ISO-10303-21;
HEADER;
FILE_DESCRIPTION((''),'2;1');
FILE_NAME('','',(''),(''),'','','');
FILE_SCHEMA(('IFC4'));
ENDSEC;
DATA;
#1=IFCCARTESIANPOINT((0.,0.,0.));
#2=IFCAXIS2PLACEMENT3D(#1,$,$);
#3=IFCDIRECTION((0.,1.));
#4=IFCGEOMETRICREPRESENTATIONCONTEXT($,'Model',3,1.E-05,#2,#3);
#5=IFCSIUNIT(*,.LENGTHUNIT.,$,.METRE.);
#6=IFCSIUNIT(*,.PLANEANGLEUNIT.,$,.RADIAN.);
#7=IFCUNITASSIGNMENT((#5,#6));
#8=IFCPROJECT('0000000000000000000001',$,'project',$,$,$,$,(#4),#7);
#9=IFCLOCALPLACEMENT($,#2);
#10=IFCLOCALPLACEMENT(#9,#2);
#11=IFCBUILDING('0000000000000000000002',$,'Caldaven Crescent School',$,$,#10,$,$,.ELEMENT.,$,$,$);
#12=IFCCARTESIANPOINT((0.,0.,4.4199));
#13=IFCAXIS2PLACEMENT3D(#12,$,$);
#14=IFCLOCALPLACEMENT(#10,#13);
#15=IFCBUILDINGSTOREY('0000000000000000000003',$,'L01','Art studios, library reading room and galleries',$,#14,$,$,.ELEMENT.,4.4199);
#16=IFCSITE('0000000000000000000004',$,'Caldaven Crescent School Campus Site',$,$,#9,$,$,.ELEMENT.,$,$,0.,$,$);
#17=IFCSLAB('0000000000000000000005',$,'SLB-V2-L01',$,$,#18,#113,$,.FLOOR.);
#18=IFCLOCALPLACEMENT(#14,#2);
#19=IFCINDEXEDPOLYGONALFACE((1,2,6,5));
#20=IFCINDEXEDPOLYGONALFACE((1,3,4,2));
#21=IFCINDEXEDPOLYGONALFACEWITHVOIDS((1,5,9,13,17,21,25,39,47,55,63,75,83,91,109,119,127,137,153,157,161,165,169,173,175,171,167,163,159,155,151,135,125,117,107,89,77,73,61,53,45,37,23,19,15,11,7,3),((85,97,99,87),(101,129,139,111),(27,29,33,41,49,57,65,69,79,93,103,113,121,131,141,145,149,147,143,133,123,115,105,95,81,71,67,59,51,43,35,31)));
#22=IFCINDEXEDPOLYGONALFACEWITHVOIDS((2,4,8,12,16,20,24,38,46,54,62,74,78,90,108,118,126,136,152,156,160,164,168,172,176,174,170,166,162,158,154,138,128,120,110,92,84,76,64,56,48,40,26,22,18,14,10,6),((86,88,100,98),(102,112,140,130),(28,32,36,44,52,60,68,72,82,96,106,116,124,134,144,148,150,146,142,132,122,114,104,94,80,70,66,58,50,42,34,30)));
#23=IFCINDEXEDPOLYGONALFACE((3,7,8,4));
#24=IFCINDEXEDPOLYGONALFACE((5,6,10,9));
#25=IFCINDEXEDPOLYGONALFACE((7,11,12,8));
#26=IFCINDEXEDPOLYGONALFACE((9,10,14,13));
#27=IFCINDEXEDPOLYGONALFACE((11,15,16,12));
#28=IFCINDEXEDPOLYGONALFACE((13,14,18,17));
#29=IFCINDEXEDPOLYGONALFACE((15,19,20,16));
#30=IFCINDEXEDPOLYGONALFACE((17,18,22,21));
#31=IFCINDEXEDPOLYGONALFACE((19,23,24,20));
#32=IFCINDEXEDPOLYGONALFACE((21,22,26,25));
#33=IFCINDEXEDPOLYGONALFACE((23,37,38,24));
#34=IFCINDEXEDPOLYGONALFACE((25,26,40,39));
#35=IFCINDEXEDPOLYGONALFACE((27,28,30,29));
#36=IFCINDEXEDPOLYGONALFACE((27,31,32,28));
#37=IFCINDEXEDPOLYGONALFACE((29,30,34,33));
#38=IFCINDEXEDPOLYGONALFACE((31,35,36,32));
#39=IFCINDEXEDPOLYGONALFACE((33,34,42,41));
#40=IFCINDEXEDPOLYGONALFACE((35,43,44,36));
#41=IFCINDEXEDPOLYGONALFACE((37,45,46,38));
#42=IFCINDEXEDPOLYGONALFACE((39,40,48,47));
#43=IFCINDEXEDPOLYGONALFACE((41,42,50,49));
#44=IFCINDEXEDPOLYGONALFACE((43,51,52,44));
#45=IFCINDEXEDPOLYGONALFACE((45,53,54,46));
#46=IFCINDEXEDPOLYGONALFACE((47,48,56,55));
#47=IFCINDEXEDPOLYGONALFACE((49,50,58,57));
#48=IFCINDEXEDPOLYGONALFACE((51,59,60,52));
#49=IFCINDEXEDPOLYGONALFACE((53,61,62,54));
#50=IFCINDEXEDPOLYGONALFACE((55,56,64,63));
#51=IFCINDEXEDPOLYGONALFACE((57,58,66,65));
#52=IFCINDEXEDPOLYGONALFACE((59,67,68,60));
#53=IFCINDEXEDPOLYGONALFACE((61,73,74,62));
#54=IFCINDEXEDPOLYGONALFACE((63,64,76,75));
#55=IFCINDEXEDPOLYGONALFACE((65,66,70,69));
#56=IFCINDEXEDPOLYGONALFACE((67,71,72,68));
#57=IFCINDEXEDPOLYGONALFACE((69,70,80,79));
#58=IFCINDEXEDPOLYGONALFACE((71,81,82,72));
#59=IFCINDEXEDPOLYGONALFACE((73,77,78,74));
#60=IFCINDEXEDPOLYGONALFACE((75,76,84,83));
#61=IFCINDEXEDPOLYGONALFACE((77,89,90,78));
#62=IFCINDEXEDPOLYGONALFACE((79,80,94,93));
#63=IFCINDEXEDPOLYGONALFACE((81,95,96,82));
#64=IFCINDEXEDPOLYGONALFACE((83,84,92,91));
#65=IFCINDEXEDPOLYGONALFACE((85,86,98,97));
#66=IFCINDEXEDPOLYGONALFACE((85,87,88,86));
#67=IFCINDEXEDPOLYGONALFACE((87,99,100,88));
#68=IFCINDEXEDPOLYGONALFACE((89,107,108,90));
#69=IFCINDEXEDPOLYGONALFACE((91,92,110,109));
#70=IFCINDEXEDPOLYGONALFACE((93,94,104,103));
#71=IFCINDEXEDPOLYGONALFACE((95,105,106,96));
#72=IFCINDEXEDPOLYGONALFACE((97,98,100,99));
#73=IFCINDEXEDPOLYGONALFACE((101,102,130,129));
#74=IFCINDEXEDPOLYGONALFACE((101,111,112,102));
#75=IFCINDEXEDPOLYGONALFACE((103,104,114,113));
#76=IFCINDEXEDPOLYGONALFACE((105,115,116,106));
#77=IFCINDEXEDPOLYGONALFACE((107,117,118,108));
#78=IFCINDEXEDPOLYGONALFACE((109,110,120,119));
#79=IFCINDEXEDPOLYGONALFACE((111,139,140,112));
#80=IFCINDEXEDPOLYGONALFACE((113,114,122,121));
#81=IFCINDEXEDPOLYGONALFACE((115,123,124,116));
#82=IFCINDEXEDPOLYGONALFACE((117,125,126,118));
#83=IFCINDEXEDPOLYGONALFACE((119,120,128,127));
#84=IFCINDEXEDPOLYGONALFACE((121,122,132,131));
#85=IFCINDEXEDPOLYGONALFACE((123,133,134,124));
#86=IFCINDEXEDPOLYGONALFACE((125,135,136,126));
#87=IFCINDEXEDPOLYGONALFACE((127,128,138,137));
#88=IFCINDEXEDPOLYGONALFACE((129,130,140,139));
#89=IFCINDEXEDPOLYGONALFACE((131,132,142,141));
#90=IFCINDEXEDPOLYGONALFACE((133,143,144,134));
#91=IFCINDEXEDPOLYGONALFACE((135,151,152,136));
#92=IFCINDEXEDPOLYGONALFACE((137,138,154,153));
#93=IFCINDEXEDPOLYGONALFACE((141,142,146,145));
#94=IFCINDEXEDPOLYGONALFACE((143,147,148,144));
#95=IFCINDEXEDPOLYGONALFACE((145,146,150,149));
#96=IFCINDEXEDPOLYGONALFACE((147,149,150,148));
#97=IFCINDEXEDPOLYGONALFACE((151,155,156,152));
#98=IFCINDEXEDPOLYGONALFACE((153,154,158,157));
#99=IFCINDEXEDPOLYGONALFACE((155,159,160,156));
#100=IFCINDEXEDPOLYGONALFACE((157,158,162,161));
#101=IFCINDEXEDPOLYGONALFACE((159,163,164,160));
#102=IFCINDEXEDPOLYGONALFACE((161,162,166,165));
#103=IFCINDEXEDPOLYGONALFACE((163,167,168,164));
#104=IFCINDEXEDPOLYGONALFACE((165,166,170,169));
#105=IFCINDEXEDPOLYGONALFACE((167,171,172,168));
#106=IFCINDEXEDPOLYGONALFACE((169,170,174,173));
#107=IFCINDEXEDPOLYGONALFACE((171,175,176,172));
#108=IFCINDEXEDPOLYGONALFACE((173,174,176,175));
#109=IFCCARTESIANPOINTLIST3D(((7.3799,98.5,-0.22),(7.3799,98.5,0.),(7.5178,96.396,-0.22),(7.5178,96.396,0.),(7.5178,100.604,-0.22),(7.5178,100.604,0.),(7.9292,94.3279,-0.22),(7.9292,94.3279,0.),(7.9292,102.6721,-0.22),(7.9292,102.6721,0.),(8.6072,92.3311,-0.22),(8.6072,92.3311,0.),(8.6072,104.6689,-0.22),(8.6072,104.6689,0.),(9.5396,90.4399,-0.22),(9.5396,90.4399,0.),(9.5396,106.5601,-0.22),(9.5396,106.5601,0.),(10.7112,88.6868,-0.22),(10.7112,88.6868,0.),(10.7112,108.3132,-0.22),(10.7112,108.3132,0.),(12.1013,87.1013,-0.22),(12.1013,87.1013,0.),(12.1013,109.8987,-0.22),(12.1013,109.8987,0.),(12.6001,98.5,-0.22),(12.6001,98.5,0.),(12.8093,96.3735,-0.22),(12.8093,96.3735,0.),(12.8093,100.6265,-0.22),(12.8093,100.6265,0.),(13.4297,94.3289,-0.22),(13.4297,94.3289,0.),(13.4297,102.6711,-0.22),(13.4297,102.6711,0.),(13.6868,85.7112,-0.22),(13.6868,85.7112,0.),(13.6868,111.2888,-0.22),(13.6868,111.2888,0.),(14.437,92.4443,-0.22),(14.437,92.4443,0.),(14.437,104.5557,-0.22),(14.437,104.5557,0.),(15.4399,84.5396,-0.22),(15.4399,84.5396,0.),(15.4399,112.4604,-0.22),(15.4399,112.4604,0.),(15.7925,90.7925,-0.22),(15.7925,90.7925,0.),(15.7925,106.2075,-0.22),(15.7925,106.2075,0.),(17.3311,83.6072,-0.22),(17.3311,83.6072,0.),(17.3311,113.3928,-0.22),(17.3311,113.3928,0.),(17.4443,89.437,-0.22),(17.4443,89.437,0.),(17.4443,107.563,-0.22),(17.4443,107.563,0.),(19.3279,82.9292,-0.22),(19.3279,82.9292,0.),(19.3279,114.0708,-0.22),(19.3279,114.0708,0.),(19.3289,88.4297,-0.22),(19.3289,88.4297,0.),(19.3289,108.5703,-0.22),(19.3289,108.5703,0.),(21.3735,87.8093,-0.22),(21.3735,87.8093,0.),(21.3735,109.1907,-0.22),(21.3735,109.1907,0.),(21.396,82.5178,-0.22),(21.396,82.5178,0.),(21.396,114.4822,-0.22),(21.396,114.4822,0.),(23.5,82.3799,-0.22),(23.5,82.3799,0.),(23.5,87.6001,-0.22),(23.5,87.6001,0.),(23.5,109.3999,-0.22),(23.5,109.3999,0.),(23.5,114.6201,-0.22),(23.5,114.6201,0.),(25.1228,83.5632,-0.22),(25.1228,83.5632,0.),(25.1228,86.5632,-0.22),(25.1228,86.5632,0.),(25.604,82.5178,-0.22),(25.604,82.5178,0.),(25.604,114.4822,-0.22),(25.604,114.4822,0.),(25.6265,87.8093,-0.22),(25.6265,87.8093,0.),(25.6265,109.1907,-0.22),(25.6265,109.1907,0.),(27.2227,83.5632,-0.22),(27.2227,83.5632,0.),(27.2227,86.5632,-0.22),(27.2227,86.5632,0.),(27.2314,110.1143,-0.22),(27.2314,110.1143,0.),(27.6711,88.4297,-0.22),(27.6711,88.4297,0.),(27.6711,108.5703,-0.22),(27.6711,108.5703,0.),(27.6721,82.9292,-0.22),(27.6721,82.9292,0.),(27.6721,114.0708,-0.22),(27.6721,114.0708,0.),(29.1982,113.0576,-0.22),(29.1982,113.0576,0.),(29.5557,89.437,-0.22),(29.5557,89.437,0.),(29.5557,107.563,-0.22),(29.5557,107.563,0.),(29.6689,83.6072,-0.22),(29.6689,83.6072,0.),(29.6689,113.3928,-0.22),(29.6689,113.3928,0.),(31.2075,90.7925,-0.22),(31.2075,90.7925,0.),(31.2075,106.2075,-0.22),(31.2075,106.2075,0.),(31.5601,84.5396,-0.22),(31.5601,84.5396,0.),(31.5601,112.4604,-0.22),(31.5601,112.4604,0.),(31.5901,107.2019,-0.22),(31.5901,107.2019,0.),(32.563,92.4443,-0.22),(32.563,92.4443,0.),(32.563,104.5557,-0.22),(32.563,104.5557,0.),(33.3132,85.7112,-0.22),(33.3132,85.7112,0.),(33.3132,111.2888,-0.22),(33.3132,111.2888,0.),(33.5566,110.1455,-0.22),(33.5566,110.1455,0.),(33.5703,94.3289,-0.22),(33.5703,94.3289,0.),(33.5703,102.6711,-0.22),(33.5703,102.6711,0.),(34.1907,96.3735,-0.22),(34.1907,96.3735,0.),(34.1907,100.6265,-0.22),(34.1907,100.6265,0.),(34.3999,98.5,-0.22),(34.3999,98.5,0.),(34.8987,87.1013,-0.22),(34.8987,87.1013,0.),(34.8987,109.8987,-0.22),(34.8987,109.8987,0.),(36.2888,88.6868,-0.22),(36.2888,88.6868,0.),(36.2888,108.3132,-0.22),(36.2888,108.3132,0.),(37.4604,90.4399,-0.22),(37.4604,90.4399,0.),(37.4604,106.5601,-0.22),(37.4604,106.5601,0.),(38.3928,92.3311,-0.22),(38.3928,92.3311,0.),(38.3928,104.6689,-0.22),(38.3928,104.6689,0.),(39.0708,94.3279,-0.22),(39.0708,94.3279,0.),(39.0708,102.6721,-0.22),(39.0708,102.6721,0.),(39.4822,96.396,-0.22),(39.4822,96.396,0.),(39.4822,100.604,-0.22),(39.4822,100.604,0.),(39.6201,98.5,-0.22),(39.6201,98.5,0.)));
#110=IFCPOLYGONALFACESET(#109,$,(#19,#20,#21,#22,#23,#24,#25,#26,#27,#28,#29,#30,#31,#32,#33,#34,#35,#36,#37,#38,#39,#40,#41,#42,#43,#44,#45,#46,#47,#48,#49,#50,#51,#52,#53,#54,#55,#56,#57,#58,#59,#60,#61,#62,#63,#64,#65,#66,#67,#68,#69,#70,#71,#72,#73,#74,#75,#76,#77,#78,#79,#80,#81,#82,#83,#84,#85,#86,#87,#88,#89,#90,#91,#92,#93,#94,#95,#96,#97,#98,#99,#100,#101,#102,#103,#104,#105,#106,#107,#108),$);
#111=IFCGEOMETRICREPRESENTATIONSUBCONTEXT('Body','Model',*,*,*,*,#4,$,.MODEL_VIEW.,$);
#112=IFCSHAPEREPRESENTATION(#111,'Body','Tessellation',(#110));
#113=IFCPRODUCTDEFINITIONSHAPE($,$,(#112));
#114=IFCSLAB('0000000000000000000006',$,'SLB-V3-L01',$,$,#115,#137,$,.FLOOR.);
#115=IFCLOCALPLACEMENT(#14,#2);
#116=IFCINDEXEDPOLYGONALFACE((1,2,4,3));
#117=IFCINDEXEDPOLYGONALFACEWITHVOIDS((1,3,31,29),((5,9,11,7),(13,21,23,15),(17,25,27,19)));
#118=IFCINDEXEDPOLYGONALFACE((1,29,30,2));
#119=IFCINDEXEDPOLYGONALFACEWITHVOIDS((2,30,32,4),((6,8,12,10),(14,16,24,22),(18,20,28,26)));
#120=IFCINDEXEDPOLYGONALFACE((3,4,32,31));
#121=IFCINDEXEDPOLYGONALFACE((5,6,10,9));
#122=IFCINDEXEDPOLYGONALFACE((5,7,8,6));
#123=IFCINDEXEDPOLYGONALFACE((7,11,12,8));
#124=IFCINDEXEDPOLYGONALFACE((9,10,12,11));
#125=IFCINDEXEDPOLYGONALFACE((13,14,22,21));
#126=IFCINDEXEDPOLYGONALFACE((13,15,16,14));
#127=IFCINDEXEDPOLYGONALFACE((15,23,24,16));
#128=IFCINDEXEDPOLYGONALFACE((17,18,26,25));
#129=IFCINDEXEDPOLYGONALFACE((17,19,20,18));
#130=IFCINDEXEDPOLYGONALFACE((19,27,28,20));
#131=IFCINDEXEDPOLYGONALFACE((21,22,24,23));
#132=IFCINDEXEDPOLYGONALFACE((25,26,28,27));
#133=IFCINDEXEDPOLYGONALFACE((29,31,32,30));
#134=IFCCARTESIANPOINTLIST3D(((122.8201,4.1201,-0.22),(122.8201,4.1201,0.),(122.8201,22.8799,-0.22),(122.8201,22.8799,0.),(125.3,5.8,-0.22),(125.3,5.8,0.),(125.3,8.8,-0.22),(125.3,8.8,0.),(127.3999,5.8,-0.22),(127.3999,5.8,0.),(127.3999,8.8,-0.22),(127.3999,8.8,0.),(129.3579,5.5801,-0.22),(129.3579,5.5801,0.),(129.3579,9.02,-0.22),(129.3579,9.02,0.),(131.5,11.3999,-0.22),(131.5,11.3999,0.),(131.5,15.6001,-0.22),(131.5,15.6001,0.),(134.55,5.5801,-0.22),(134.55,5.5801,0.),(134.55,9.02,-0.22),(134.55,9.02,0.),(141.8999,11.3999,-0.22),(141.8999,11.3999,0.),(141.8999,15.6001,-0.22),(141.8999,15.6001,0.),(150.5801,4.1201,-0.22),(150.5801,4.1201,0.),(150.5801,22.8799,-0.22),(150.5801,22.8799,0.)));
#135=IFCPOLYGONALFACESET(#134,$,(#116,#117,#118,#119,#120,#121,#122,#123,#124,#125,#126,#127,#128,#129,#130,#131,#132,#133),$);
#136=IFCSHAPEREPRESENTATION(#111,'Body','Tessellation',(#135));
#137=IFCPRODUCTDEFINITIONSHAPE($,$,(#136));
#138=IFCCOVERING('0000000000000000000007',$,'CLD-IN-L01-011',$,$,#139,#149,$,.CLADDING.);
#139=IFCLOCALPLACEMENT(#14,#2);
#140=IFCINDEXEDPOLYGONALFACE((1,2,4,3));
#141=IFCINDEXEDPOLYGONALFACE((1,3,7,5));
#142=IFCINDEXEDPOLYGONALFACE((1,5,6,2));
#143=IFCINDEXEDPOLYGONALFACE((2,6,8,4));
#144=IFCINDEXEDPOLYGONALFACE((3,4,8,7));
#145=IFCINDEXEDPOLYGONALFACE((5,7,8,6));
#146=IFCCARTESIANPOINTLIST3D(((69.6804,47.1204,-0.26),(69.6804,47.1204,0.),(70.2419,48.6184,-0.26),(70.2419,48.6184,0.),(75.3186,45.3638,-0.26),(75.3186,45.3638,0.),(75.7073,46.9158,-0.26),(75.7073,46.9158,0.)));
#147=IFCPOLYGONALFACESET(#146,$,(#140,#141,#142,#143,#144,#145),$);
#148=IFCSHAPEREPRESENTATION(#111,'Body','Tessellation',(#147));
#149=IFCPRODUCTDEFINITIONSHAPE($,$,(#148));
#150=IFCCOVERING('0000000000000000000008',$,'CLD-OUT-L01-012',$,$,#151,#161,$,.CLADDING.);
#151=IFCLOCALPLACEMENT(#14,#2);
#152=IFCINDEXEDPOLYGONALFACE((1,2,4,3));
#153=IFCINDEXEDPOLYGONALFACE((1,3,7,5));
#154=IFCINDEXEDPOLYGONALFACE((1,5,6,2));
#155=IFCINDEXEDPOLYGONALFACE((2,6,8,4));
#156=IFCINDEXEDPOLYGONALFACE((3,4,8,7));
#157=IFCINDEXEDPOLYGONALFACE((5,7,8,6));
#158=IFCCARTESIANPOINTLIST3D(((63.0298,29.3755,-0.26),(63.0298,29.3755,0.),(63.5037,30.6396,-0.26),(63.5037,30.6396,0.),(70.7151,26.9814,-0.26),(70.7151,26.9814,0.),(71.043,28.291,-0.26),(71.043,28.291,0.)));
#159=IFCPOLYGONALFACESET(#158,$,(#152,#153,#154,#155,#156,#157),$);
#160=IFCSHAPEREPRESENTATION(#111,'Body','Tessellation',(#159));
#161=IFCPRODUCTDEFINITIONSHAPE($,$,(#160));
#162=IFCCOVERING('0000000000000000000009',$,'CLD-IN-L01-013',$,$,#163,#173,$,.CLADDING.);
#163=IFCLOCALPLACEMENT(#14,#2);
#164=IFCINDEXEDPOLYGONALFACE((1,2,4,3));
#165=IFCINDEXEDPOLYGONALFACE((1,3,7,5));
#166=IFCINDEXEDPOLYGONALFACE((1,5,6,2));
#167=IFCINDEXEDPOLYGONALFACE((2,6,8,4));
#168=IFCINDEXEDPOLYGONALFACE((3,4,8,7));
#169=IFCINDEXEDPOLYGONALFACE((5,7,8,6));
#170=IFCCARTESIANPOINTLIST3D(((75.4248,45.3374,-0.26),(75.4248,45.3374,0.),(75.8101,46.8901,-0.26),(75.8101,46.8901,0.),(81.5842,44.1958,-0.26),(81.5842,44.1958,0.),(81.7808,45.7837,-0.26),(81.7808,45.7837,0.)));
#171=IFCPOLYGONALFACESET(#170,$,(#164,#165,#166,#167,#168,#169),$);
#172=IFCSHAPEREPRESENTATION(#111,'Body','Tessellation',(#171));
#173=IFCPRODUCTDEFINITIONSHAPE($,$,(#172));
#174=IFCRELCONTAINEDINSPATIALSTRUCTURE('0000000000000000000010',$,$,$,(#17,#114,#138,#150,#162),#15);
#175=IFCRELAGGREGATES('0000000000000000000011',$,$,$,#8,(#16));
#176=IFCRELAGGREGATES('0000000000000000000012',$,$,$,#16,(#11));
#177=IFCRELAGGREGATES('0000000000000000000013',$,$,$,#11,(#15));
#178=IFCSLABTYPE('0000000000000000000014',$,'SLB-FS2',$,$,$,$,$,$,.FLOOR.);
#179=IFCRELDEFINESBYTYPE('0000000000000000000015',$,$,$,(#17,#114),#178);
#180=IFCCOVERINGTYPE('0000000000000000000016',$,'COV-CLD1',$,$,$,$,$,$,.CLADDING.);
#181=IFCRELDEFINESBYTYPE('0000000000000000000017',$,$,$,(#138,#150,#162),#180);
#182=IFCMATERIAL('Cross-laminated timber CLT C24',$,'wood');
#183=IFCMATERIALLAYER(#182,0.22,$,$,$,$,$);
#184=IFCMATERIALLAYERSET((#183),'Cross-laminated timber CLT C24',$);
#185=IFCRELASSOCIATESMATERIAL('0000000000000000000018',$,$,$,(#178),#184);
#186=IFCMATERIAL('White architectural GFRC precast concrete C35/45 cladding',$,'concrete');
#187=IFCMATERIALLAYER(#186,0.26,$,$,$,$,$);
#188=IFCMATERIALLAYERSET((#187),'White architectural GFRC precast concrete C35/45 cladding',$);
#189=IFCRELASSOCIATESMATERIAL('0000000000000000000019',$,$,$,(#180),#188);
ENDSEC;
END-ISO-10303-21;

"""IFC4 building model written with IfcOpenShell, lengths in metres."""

from ifc_helpers import new_model, si_unit, direction, frame, origin, place, context, subcontext, project, spatial, polyline, outline, extrude, material, layer, layer_set, type_object, element, save


model = new_model("IFC4")

# Units and contexts
model_context = context("Model", 3, precision=1e-05, world=origin(), true_north=direction((0.0, 1.0)))
body_context = subcontext(model_context, "Body", "Model", "MODEL_VIEW")
ifc_project = project(units=[si_unit("LENGTHUNIT", "METRE"), si_unit("PLANEANGLEUNIT", "RADIAN")], contexts=[model_context])

# Site, building, storey
site_placement = place(None, origin())
site = spatial("IfcSite", under=ifc_project, at=site_placement, Name="Caldaven Crescent School Campus Site", CompositionType="ELEMENT", RefElevation=0.0)
building_placement = place(site_placement, origin())
building = spatial("IfcBuilding", under=site, at=building_placement, Name="Caldaven Crescent School", CompositionType="ELEMENT")
storey_placement = place(building_placement, frame((0.0, 0.0, 4.4199)))
storey = spatial("IfcBuildingStorey", under=building, at=storey_placement, Name="L01", Description="Art studios, library reading room and galleries", CompositionType="ELEMENT", Elevation=4.4199)

# Slabs
ifc_material_1 = material(Name="Cross-laminated timber CLT C24", Category="wood")
ifc_layer_1 = layer(ifc_material_1, 0.22)
ifc_layer_set_1 = layer_set([ifc_layer_1], Name="Cross-laminated timber CLT C24")
slab_type = type_object("IfcSlabType", Name="SLB-FS2", PredefinedType="FLOOR", material=ifc_layer_set_1)
slab_1_placement = place(storey_placement, frame((0.0, 0.0, -0.22)))
element("IfcSlab", 1, at=slab_1_placement, inside=storey, type_object=slab_type, Name="SLB-V2-L01", PredefinedType="FLOOR", context=body_context, shape_type="SweptSolid", body=[
    extrude(outline(polyline([(39.6201, 98.5), (39.4822, 100.604), (39.0708, 102.6721), (38.3928, 104.6689), (37.4604, 106.5601), (36.2888, 108.3132), (34.8987, 109.8987), (33.3132, 111.2888), (31.5601, 112.4604), (29.6689, 113.3928), (27.6721, 114.0708), (25.604, 114.4822), (23.5, 114.6201), (21.396, 114.4822), (19.3279, 114.0708), (17.3311, 113.3928), (15.4399, 112.4604), (13.6868, 111.2888), (12.1013, 109.8987), (10.7112, 108.3132), (9.5396, 106.5601), (8.6072, 104.6689), (7.9292, 102.6721), (7.5178, 100.604), (7.3799, 98.5), (7.5178, 96.396), (7.9292, 94.3279), (8.6072, 92.3311), (9.5396, 90.4399), (10.7112, 88.6868), (12.1013, 87.1013), (13.6868, 85.7112), (15.4399, 84.5396), (17.3311, 83.6072), (19.3279, 82.9292), (21.396, 82.5178), (23.5, 82.3799), (25.604, 82.5178), (27.6721, 82.9292), (29.6689, 83.6072), (31.5601, 84.5396), (33.3132, 85.7112), (34.8987, 87.1013), (36.2888, 88.6868), (37.4604, 90.4399), (38.3928, 92.3311), (39.0708, 94.3279), (39.4822, 96.396), (39.6201, 98.5)]), holes=[polyline([(34.1907, 96.3735), (33.5703, 94.3289), (32.563, 92.4443), (31.2075, 90.7925), (29.5557, 89.437), (27.6711, 88.4297), (25.6265, 87.8093), (23.5, 87.6001), (21.3735, 87.8093), (19.3289, 88.4297), (17.4443, 89.437), (15.7925, 90.7925), (14.437, 92.4443), (13.4297, 94.3289), (12.8093, 96.3735), (12.6001, 98.5), (12.8093, 100.6265), (13.4297, 102.6711), (14.437, 104.5557), (15.7925, 106.2075), (17.4443, 107.563), (19.3289, 108.5703), (21.3735, 109.1907), (23.5, 109.3999), (25.6265, 109.1907), (27.6711, 108.5703), (29.5557, 107.563), (31.2075, 106.2075), (32.563, 104.5557), (33.5703, 102.6711), (34.1907, 100.6265), (34.3999, 98.5), (34.1907, 96.3735)]), polyline([(25.1228, 83.5632), (25.1228, 86.5632), (27.2227, 86.5632), (27.2227, 83.5632), (25.1228, 83.5632)]), polyline([(33.5566, 110.1455), (31.5901, 107.2019), (27.2314, 110.1143), (29.1982, 113.0576), (33.5566, 110.1455)])]), origin(), (0.0, 0.0, 1.0), 0.22),
])
slab_2_placement = place(storey_placement, frame((0.0, 0.0, -0.22)))
element("IfcSlab", 2, at=slab_2_placement, inside=storey, type_object=slab_type, Name="SLB-V3-L01", PredefinedType="FLOOR", context=body_context, shape_type="SweptSolid", body=[
    extrude(outline(polyline([(122.8201, 4.1201), (150.5801, 4.1201), (150.5801, 22.8799), (122.8201, 22.8799), (122.8201, 4.1201)]), holes=[polyline([(125.3, 5.8), (125.3, 8.8), (127.3999, 8.8), (127.3999, 5.8), (125.3, 5.8)]), polyline([(129.3579, 5.5801), (129.3579, 9.02), (134.55, 9.02), (134.55, 5.5801), (129.3579, 5.5801)]), polyline([(131.5, 11.3999), (131.5, 15.6001), (141.8999, 15.6001), (141.8999, 11.3999), (131.5, 11.3999)])]), origin(), (0.0, 0.0, 1.0), 0.22),
])

# Coverings
ifc_material_2 = material(Name="White architectural GFRC precast concrete C35/45 cladding", Category="concrete")
ifc_layer_2 = layer(ifc_material_2, 0.26)
ifc_layer_set_2 = layer_set([ifc_layer_2], Name="White architectural GFRC precast concrete C35/45 cladding")
covering_type_1 = type_object("IfcCoveringType", Name="COV-CLD1", PredefinedType="CLADDING", material=ifc_layer_set_2)
covering_1_placement = place(storey_placement, frame((0.0, 0.0, -0.26)))
element("IfcCovering", 3, at=covering_1_placement, inside=storey, type_object=covering_type_1, Name="CLD-IN-L01-011", PredefinedType="CLADDING", context=body_context, shape_type="SweptSolid", body=[
    extrude(outline(polyline([(70.2419, 48.6184), (75.7073, 46.9158), (75.3186, 45.3638), (69.6804, 47.1204), (70.2419, 48.6184)])), origin(), (0.0, 0.0, 1.0), 0.26),
])
covering_2_placement = place(storey_placement, frame((0.0, 0.0, -0.26)))
element("IfcCovering", 4, at=covering_2_placement, inside=storey, type_object=covering_type_1, Name="CLD-OUT-L01-012", PredefinedType="CLADDING", context=body_context, shape_type="SweptSolid", body=[
    extrude(outline(polyline([(63.5037, 30.6396), (71.043, 28.291), (70.7151, 26.9814), (63.0298, 29.3755), (63.5037, 30.6396)])), origin(), (0.0, 0.0, 1.0), 0.26),
])
covering_3_placement = place(storey_placement, frame((0.0, 0.0, -0.26)))
element("IfcCovering", 5, at=covering_3_placement, inside=storey, type_object=covering_type_1, Name="CLD-IN-L01-013", PredefinedType="CLADDING", context=body_context, shape_type="SweptSolid", body=[
    extrude(outline(polyline([(75.8101, 46.8901), (81.7808, 45.7837), (81.5842, 44.1958), (75.4248, 45.3374), (75.8101, 46.8901)])), origin(), (0.0, 0.0, 1.0), 0.26),
])

save(model, "model.ifc")
